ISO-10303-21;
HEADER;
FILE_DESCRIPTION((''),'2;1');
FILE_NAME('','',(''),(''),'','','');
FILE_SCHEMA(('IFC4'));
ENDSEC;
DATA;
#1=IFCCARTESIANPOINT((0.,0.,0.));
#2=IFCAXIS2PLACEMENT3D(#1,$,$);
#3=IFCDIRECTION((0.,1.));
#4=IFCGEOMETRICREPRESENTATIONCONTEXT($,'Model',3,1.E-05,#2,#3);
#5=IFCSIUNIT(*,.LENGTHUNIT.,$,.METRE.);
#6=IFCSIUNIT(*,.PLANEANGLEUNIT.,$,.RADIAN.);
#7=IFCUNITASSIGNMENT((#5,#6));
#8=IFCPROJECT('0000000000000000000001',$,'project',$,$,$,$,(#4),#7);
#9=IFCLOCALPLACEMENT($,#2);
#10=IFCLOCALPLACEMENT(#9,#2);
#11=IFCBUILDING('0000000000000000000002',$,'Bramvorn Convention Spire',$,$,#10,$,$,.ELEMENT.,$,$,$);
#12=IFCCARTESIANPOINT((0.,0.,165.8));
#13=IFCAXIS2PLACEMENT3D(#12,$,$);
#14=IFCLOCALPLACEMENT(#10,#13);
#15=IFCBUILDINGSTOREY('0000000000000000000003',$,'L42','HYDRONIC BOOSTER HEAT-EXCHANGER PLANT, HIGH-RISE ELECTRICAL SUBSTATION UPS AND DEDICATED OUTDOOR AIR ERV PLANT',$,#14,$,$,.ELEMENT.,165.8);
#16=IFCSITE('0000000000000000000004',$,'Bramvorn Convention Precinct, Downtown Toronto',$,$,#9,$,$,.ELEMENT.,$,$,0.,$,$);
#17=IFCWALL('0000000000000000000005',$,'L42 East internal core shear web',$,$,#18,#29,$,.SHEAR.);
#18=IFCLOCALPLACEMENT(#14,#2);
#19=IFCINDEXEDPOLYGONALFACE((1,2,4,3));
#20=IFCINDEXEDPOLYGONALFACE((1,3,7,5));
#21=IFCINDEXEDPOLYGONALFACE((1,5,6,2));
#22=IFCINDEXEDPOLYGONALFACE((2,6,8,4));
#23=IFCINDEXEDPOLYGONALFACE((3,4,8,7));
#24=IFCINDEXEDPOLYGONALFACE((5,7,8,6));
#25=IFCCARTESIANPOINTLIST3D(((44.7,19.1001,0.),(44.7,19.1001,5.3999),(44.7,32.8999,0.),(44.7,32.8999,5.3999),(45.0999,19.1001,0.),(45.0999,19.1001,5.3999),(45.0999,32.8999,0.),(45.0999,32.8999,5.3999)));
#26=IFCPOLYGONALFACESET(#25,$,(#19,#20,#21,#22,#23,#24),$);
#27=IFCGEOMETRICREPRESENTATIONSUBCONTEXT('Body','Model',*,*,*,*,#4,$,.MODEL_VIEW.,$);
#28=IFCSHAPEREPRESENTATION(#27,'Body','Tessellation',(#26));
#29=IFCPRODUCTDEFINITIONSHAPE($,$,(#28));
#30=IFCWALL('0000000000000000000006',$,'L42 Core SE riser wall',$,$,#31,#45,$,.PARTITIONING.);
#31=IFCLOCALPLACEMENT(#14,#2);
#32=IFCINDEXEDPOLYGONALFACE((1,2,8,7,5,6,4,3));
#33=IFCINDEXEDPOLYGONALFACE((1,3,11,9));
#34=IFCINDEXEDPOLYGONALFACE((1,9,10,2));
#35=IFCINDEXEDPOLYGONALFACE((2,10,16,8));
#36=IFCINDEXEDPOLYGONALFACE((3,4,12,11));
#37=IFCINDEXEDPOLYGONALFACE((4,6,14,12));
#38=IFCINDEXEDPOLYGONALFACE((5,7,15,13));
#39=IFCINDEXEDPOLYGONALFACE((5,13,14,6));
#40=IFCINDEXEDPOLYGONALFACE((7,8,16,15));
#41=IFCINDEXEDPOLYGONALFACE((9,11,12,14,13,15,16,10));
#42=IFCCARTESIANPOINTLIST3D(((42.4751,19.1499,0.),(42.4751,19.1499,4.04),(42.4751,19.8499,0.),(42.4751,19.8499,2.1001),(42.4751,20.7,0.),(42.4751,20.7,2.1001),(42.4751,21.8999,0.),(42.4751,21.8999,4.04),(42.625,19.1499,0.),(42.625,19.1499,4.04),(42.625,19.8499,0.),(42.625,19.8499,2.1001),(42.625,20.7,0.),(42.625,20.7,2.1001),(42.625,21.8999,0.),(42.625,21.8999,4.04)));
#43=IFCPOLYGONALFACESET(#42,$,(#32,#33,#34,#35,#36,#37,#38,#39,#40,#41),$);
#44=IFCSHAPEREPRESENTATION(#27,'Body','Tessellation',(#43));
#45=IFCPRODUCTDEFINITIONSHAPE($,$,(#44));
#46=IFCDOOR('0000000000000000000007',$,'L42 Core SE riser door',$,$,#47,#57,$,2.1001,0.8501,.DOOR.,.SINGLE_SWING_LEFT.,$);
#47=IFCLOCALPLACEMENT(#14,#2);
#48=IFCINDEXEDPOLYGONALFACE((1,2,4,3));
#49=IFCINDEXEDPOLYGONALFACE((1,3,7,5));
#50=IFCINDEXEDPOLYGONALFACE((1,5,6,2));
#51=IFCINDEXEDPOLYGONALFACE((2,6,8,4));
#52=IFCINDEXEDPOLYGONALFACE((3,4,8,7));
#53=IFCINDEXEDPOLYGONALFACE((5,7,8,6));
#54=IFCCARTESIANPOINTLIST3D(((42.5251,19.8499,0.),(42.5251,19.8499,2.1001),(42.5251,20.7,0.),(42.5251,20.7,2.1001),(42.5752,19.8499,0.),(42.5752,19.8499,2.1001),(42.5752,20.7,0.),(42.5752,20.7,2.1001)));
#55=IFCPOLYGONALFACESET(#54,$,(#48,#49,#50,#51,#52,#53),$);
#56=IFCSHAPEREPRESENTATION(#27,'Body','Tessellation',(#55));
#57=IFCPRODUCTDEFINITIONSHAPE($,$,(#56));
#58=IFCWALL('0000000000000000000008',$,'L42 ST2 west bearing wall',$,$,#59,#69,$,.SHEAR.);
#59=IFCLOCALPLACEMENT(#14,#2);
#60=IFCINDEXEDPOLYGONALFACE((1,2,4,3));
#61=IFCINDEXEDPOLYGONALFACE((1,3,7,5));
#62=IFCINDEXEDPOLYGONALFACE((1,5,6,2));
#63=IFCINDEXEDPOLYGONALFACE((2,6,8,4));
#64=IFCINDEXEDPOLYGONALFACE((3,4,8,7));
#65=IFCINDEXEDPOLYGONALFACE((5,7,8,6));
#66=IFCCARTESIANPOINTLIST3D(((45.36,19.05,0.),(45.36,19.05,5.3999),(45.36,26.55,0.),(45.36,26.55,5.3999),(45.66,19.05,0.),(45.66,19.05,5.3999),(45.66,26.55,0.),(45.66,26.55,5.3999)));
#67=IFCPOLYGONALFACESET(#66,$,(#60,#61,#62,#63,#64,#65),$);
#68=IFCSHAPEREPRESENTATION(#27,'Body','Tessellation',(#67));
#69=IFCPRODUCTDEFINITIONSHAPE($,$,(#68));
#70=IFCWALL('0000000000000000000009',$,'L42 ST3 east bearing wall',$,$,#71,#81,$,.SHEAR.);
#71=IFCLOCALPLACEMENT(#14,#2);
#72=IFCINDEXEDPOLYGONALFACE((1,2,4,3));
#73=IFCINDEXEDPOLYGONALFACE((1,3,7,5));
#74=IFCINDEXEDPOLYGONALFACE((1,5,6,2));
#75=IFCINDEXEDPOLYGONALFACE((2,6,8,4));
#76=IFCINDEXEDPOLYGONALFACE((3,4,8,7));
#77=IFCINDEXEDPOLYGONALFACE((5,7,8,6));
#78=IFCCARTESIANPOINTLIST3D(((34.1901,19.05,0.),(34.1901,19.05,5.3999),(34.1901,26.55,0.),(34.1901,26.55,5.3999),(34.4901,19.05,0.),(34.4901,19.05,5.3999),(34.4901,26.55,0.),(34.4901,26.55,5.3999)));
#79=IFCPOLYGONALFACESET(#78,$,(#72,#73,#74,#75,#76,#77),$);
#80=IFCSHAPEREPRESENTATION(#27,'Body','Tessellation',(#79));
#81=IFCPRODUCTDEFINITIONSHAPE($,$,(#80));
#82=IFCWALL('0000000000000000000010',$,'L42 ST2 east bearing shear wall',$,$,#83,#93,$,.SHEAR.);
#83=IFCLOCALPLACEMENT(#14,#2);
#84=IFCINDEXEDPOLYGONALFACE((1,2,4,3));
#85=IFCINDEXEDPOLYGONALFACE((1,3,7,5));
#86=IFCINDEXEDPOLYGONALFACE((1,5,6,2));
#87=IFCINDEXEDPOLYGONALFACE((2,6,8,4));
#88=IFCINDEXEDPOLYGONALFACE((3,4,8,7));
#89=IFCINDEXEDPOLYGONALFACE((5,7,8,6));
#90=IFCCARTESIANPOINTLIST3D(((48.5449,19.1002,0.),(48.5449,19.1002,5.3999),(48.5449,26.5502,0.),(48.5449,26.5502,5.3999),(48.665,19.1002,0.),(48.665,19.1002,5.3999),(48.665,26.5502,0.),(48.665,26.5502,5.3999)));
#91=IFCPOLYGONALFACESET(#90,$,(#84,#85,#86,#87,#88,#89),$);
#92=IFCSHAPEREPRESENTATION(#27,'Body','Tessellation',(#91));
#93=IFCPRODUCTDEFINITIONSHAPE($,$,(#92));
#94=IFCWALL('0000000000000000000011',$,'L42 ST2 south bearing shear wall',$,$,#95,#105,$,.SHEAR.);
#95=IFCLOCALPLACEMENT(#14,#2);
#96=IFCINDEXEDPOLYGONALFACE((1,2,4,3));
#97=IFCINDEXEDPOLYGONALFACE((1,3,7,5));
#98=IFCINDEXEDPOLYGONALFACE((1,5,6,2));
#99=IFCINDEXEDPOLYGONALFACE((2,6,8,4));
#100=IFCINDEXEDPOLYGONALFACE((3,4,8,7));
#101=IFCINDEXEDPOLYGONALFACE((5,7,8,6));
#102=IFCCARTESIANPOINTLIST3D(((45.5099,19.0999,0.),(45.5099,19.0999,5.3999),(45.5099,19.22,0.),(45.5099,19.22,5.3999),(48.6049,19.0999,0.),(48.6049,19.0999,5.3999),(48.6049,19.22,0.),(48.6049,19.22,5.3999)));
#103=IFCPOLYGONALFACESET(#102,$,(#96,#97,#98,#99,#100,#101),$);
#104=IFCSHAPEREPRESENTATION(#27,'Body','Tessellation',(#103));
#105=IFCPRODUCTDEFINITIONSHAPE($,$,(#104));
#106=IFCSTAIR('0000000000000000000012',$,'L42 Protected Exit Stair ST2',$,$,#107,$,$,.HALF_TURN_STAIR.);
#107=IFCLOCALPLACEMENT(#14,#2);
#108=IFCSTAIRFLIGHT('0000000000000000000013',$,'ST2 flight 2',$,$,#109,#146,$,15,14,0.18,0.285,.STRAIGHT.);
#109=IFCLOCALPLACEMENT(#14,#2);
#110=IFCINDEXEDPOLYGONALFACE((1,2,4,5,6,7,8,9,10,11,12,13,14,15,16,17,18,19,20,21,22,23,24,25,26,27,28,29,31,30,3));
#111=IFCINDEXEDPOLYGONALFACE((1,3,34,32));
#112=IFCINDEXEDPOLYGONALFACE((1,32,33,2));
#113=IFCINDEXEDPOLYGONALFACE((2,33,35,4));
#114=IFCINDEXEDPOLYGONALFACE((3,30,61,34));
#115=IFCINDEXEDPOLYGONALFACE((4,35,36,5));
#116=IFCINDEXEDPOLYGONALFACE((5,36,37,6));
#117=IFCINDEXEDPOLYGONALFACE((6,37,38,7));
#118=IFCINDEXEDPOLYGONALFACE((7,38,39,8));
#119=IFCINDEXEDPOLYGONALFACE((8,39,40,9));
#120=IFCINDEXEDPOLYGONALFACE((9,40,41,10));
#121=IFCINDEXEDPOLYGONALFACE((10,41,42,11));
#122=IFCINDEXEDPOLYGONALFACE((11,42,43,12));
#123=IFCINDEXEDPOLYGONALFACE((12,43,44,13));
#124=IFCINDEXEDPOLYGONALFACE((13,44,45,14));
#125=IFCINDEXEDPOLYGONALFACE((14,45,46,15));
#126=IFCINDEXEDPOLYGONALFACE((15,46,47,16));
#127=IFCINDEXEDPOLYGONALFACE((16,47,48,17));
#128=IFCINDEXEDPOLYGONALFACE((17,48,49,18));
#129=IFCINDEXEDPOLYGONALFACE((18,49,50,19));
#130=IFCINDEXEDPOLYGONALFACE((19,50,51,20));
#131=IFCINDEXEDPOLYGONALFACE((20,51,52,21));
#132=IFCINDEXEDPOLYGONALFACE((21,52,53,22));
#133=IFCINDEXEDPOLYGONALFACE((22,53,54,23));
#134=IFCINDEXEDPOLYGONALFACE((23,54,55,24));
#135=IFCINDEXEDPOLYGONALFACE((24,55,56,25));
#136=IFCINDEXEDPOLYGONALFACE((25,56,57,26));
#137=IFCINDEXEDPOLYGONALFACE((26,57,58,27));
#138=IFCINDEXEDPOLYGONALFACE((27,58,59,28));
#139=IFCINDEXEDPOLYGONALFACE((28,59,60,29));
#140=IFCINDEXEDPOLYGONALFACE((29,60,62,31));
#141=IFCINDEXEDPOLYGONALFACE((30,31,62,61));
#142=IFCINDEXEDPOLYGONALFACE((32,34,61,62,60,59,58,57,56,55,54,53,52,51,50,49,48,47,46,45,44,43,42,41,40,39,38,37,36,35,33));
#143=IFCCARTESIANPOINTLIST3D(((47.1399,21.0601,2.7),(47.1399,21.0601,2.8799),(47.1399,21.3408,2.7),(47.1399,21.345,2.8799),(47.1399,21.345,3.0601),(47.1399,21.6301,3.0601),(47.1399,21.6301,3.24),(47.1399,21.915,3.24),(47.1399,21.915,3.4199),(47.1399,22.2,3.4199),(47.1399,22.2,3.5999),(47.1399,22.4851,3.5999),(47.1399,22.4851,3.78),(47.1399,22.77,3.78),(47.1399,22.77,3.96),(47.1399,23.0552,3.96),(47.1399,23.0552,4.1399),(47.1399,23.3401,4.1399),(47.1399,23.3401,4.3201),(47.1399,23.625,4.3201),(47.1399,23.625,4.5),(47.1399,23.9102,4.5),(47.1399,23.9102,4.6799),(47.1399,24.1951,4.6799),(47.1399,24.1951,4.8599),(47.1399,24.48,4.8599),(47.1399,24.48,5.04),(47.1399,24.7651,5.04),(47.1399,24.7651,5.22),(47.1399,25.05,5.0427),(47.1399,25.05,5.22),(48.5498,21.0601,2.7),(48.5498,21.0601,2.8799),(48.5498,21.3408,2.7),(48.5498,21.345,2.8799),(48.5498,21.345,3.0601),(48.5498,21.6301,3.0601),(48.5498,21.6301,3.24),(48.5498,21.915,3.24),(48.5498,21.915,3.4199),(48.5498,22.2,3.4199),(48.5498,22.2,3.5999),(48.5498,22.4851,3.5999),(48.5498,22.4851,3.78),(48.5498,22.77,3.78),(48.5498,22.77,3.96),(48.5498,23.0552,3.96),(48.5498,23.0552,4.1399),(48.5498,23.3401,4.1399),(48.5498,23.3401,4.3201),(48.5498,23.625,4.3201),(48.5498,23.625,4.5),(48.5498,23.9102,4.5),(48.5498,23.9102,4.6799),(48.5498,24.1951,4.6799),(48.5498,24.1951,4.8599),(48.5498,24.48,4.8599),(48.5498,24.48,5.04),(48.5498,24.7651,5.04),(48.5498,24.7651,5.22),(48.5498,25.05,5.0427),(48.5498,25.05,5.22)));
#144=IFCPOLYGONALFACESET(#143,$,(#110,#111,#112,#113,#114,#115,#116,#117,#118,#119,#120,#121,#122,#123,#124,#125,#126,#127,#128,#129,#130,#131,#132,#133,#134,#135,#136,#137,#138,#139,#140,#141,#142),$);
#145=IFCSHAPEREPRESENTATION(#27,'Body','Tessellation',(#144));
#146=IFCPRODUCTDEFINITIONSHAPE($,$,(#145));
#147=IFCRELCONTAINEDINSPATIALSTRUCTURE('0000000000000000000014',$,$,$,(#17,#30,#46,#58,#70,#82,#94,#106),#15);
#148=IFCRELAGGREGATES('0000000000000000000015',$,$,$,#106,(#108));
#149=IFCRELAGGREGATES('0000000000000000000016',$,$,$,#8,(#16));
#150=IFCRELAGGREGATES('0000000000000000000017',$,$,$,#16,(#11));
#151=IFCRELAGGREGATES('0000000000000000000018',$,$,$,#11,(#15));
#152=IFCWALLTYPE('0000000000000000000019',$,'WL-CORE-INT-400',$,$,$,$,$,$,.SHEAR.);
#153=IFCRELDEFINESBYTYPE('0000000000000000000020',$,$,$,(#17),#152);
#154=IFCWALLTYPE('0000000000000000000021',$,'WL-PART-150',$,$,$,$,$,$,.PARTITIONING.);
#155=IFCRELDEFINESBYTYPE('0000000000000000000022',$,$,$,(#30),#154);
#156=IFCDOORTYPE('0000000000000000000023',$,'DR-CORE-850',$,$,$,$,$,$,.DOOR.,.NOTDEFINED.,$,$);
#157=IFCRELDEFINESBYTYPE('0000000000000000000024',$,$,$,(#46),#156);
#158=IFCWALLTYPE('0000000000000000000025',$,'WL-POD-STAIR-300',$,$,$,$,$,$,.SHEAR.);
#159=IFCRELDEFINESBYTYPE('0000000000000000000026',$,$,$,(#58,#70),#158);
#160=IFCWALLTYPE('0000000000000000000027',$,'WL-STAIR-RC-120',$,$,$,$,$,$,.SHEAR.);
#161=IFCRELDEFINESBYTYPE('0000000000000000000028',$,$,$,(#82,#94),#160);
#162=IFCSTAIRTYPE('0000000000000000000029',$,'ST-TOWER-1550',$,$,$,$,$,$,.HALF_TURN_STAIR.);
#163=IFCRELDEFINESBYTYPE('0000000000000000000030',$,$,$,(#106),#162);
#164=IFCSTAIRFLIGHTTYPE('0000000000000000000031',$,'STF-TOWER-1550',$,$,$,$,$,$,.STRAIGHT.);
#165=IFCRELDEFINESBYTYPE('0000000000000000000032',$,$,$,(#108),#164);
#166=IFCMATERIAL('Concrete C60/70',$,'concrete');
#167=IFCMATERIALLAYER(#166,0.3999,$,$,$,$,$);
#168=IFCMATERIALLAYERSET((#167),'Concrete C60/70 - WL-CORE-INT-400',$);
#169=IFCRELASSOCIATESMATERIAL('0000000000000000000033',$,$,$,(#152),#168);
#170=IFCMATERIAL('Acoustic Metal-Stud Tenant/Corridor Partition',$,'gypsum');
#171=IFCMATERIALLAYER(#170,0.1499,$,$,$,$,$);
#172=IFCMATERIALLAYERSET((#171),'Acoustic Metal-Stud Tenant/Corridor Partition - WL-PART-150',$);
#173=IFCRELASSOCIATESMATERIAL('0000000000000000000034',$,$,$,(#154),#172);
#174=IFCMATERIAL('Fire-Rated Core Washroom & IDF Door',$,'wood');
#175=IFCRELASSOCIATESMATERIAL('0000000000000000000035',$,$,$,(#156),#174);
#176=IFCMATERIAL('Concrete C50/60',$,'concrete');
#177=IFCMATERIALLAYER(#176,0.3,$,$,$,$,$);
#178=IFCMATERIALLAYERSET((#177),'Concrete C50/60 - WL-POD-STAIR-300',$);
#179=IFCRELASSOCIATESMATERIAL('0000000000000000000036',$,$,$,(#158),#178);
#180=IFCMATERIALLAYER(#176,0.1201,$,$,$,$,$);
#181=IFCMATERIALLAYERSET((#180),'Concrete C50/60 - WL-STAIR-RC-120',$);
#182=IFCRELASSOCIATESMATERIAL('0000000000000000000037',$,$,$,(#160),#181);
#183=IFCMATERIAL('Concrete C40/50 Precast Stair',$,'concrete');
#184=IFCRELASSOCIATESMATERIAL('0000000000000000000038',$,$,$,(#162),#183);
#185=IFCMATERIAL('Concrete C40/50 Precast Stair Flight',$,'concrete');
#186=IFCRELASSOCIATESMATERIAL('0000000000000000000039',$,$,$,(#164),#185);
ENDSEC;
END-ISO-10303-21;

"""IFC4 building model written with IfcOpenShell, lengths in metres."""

from ifc_helpers import new_model, si_unit, direction, frame, frame_2d, origin, place, context, subcontext, project, spatial, polyline, rectangle, outline, extrude, material, layer, layer_set, type_object, element, fill, aggregate, save


model = new_model("IFC4")

# Units and contexts
model_context = context("Model", 3, precision=1e-05, world=origin(), true_north=direction((0.0, 1.0)))
body_context = subcontext(model_context, "Body", "Model", "MODEL_VIEW")
ifc_project = project(units=[si_unit("LENGTHUNIT", "METRE"), si_unit("PLANEANGLEUNIT", "RADIAN")], contexts=[model_context])

# Site, building, storey
site_placement = place(None, origin())
site = spatial("IfcSite", under=ifc_project, at=site_placement, Name="Bramvorn Convention Precinct, Downtown Toronto", CompositionType="ELEMENT", RefElevation=0.0)
building_placement = place(site_placement, origin())
building = spatial("IfcBuilding", under=site, at=building_placement, Name="Bramvorn Convention Spire", CompositionType="ELEMENT")
storey_placement = place(building_placement, frame((0.0, 0.0, 165.8)))
storey = spatial("IfcBuildingStorey", under=building, at=storey_placement, Name="L42", Description="HYDRONIC BOOSTER HEAT-EXCHANGER PLANT, HIGH-RISE ELECTRICAL SUBSTATION UPS AND DEDICATED OUTDOOR AIR ERV PLANT", CompositionType="ELEMENT", Elevation=165.8)

# Shared definitions
ifc_material_1 = material(Name="Concrete C60/70", Category="concrete")

# Shared definitions
ifc_material_2 = material(Name="Concrete C50/60", Category="concrete")

# Wall
ifc_layer_1 = layer(ifc_material_1, 0.3999)
ifc_layer_set_1 = layer_set([ifc_layer_1], Name="Concrete C60/70 - WL-CORE-INT-400")
wall_type_1 = type_object("IfcWallType", Name="WL-CORE-INT-400", PredefinedType="SHEAR", material=ifc_layer_set_1)
wall_1_placement = place(storey_placement, frame((44.8999, 19.1001, 0.0), z_axis=(0.0, 0.0, 1.0), x_axis=(0.0, 1.0, 0.0)))
element("IfcWall", 1, at=wall_1_placement, inside=storey, type_object=wall_type_1, Name="L42 East internal core shear web", PredefinedType="SHEAR", context=body_context, shape_type="SweptSolid", body=[
    extrude(rectangle(XDim=13.7998, YDim=0.3999, at=frame_2d((6.8999, 0.0))), origin(), (0.0, 0.0, 1.0), 5.3999),
])

# Wall, opening, door
ifc_material_3 = material(Name="Acoustic Metal-Stud Tenant/Corridor Partition", Category="gypsum")
ifc_layer_2 = layer(ifc_material_3, 0.1499)
ifc_layer_set_2 = layer_set([ifc_layer_2], Name="Acoustic Metal-Stud Tenant/Corridor Partition - WL-PART-150")
wall_type_2 = type_object("IfcWallType", Name="WL-PART-150", PredefinedType="PARTITIONING", material=ifc_layer_set_2)
wall_2_placement = place(storey_placement, frame((42.55, 19.1499, 0.0), z_axis=(0.0, 0.0, 1.0), x_axis=(0.0, 1.0, 0.0)))
wall_2 = element("IfcWall", 2, at=wall_2_placement, inside=storey, type_object=wall_type_2, Name="L42 Core SE riser wall", PredefinedType="PARTITIONING", context=body_context, shape_type="SweptSolid", body=[
    extrude(rectangle(XDim=2.75, YDim=0.1499, at=frame_2d((1.375, 0.0))), origin(), (0.0, 0.0, 1.0), 4.04),
])
opening_1_placement = place(wall_2_placement, frame((0.7, 0.0, 0.0)))
opening_1 = element("IfcOpeningElement", 3, at=opening_1_placement, cuts=wall_2, PredefinedType="OPENING", context=body_context, shape_type="SweptSolid", body=[
    extrude(rectangle(XDim=0.8501, YDim=2.1001, at=frame_2d((0.425, 1.05))), frame((0.0, 0.085, 0.0), z_axis=(0.0, -1.0, 0.0), x_axis=(1.0, 0.0, 0.0)), (0.0, 0.0, 1.0), 0.1699),
])
ifc_material_4 = material(Name="Fire-Rated Core Washroom & IDF Door", Category="wood")
door_type_1 = type_object("IfcDoorType", Name="DR-CORE-850", OperationType="NOTDEFINED", PredefinedType="DOOR", material=ifc_material_4)
door_1_placement = place(opening_1_placement, origin())
door_1 = element("IfcDoor", 4, at=door_1_placement, inside=storey, type_object=door_type_1, Name="L42 Core SE riser door", OperationType="SINGLE_SWING_LEFT", OverallHeight=2.1001, OverallWidth=0.8501, PredefinedType="DOOR", context=body_context, shape_type="SweptSolid", body=[
    extrude(rectangle(XDim=0.8501, YDim=2.1001, at=frame_2d((0.425, 1.05))), frame((0.0, 0.0249, 0.0), z_axis=(0.0, -1.0, 0.0), x_axis=(1.0, 0.0, 0.0)), (0.0, 0.0, 1.0), 0.05),
])
fill(opening_1, door_1)

# Walls
ifc_layer_3 = layer(ifc_material_2, 0.3)
ifc_layer_set_3 = layer_set([ifc_layer_3], Name="Concrete C50/60 - WL-POD-STAIR-300")
wall_type_3 = type_object("IfcWallType", Name="WL-POD-STAIR-300", PredefinedType="SHEAR", material=ifc_layer_set_3)
for number, where, z_axis, x_axis, name in (
    (5, (45.51, 19.05, 0.0), (0.0, 0.0, 1.0), (0.0, 1.0, 0.0), "L42 ST2 west bearing wall"),
    (6, (34.3401, 19.05, 0.0), (0.0, 0.0, 1.0), (0.0, 1.0, 0.0), "L42 ST3 east bearing wall"),
):
    element("IfcWall", number, at=place(storey_placement, frame(where, z_axis=z_axis, x_axis=x_axis)), inside=storey, type_object=wall_type_3, Name=name, PredefinedType="SHEAR", context=body_context, shape_type="SweptSolid", body=[
        extrude(rectangle(XDim=7.5, YDim=0.3, at=frame_2d((3.75, 0.0))), origin(), (0.0, 0.0, 1.0), 5.3999),
    ])
ifc_layer_4 = layer(ifc_material_2, 0.1201)
ifc_layer_set_4 = layer_set([ifc_layer_4], Name="Concrete C50/60 - WL-STAIR-RC-120")
wall_type_4 = type_object("IfcWallType", Name="WL-STAIR-RC-120", PredefinedType="SHEAR", material=ifc_layer_set_4)
wall_3_placement = place(storey_placement, frame((48.605, 19.1001, 0.0), z_axis=(0.0, 0.0, 1.0), x_axis=(0.0, 1.0, 0.0)))
element("IfcWall", 7, at=wall_3_placement, inside=storey, type_object=wall_type_4, Name="L42 ST2 east bearing shear wall", PredefinedType="SHEAR", context=body_context, shape_type="SweptSolid", body=[
    extrude(rectangle(XDim=7.45, YDim=0.1201, at=frame_2d((3.7251, 0.0))), origin(), (0.0, 0.0, 1.0), 5.3999),
])
wall_4_placement = place(storey_placement, frame((45.51, 19.1599, 0.0), z_axis=(0.0, 0.0, 1.0), x_axis=(1.0, 0.0, 0.0)))
element("IfcWall", 8, at=wall_4_placement, inside=storey, type_object=wall_type_4, Name="L42 ST2 south bearing shear wall", PredefinedType="SHEAR", context=body_context, shape_type="SweptSolid", body=[
    extrude(rectangle(XDim=3.095, YDim=0.1201, at=frame_2d((1.5474, 0.0))), origin(), (0.0, 0.0, 1.0), 5.3999),
])

# Stair, stair flight
ifc_material_5 = material(Name="Concrete C40/50 Precast Stair", Category="concrete")
stair_type = type_object("IfcStairType", Name="ST-TOWER-1550", PredefinedType="HALF_TURN_STAIR", material=ifc_material_5)
stair_placement = place(storey_placement, origin())
stair = element("IfcStair", 9, at=stair_placement, inside=storey, type_object=stair_type, Name="L42 Protected Exit Stair ST2", PredefinedType="HALF_TURN_STAIR")
ifc_material_6 = material(Name="Concrete C40/50 Precast Stair Flight", Category="concrete")
stair_flight_type = type_object("IfcStairFlightType", Name="STF-TOWER-1550", PredefinedType="STRAIGHT", material=ifc_material_6)
stair_flight_placement = place(storey_placement, frame((47.845, 21.0601, 2.7), z_axis=(0.0, 0.0, 1.0), x_axis=(0.0, 1.0, 0.0)))
stair_flight = element("IfcStairFlight", 10, at=stair_flight_placement, type_object=stair_flight_type, Name="ST2 flight 2", NumberOfRisers=15, NumberOfTreads=14, PredefinedType="STRAIGHT", RiserHeight=0.18, TreadLength=0.285, context=body_context, shape_type="SweptSolid", body=[
    extrude(outline(polyline([(0.0, 0.0), (0.0, 0.1799), (0.2849, 0.1799), (0.2849, 0.3601), (0.5701, 0.3601), (0.5701, 0.54), (0.855, 0.54), (0.855, 0.72), (1.1399, 0.72), (1.1399, 0.8999), (1.425, 0.8999), (1.425, 1.0801), (1.71, 1.0801), (1.71, 1.26), (1.9951, 1.26), (1.9951, 1.4399), (2.28, 1.4399), (2.28, 1.6201), (2.5649, 1.6201), (2.5649, 1.8), (2.8501, 1.8), (2.8501, 1.98), (3.135, 1.98), (3.135, 2.1599), (3.4199, 2.1599), (3.4199, 2.3401), (3.7051, 2.3401), (3.7051, 2.52), (3.99, 2.52), (3.99, 2.7), (3.99, 2.3428), (0.2808, 0.0), (0.0, 0.0)])), frame((0.0, 0.7051, 0.0), z_axis=(0.0, -1.0, 0.0), x_axis=(1.0, 0.0, 0.0)), (0.0, 0.0, 1.0), 1.4099),
])
aggregate(stair, [stair_flight])

save(model, "model.ifc")
